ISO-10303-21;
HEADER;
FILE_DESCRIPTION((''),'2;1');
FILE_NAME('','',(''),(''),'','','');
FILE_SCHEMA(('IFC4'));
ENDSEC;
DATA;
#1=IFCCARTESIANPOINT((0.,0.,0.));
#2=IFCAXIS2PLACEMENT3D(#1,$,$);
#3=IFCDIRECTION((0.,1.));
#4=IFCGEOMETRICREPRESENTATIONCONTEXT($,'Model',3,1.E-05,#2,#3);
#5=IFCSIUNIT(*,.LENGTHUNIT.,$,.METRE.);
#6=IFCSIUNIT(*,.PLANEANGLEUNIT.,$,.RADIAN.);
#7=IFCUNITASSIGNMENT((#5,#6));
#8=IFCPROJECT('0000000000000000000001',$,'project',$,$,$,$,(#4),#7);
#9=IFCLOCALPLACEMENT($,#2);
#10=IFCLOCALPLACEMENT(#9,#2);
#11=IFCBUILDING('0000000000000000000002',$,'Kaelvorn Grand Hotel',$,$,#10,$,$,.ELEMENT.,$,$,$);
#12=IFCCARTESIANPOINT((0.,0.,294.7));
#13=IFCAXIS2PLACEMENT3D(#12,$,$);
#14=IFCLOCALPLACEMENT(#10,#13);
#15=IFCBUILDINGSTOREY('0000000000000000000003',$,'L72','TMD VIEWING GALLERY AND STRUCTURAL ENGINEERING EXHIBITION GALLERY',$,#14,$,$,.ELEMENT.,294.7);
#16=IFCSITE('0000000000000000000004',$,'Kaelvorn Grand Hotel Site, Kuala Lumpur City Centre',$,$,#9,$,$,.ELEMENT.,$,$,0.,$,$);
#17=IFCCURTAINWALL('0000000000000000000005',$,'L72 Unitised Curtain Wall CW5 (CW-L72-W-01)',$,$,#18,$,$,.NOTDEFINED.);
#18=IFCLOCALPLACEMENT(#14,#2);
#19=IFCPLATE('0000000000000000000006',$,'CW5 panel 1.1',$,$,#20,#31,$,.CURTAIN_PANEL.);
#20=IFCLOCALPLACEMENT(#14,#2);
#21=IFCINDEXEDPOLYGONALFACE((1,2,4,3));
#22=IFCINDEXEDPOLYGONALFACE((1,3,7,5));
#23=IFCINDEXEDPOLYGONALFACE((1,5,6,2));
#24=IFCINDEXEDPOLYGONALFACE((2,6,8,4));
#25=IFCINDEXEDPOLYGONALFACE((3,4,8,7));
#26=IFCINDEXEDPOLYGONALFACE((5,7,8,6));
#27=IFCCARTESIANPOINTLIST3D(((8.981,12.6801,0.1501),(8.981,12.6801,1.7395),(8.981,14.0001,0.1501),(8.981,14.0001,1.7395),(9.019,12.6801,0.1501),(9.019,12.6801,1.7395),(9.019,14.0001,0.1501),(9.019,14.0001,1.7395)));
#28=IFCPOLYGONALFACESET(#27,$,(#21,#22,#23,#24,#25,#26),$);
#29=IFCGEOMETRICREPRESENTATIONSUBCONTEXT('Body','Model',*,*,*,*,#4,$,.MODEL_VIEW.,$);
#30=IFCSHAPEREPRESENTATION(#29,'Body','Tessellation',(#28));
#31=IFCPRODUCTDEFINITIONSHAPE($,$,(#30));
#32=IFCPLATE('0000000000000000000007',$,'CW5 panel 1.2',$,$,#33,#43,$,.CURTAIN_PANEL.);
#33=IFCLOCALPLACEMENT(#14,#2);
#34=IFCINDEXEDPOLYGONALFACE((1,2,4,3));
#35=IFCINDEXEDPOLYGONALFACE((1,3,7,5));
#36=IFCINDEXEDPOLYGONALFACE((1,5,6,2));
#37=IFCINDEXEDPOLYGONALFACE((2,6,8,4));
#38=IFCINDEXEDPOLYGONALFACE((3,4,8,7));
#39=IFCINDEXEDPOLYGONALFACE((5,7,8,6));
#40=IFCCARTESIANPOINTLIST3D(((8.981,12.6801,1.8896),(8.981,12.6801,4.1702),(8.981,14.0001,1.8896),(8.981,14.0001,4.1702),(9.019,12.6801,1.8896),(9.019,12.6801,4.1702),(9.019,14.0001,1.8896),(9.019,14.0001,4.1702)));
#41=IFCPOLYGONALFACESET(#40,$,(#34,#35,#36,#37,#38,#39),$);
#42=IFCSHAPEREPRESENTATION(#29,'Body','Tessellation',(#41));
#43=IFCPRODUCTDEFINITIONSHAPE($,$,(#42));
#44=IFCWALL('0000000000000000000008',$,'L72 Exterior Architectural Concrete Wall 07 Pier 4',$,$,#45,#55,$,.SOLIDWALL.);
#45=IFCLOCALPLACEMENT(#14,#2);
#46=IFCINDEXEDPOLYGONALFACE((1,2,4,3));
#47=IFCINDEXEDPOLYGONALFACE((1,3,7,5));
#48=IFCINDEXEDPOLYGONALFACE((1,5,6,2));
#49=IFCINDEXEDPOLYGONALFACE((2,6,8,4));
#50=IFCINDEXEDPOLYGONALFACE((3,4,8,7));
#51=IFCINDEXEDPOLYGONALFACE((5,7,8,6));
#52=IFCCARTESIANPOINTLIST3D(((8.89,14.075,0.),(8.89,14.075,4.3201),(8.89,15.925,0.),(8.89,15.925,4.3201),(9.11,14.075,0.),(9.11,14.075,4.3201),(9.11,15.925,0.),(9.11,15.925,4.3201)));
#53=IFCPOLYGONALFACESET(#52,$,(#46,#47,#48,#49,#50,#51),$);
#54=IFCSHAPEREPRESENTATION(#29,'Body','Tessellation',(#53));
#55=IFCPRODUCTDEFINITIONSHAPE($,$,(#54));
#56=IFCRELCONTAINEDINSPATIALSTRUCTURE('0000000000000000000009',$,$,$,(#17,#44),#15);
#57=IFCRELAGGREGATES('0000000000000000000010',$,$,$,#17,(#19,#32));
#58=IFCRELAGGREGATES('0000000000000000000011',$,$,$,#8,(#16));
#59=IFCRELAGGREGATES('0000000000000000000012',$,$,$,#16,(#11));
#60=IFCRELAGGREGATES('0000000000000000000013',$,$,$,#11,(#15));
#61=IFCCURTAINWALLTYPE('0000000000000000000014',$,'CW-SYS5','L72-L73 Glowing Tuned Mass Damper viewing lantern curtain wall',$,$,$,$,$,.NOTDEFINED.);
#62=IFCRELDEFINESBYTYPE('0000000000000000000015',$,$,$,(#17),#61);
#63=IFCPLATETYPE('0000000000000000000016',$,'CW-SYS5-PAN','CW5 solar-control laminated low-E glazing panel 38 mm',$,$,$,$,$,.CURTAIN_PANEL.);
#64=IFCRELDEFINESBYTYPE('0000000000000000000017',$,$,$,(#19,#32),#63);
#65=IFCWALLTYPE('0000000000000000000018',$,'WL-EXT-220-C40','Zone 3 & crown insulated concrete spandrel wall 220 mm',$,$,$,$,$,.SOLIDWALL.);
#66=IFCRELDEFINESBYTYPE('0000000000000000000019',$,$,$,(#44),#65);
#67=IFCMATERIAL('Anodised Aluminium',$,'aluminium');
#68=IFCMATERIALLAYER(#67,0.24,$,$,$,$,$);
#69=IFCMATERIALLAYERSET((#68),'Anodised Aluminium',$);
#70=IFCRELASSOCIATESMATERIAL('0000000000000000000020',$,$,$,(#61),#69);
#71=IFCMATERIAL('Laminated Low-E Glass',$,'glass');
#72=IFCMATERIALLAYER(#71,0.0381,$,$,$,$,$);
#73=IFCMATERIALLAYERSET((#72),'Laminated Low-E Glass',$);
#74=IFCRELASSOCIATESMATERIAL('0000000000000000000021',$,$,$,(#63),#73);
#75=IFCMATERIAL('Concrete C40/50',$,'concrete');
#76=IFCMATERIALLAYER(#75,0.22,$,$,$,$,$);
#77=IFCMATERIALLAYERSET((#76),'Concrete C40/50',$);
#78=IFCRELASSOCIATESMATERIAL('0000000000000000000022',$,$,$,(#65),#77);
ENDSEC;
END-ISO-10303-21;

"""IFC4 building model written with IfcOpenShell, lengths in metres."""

from ifc_helpers import new_model, si_unit, direction, frame, frame_2d, origin, origin_2d, place, context, subcontext, project, spatial, rectangle, extrude, material, layer, layer_set, type_object, element, aggregate, save


model = new_model("IFC4")

# Units and contexts
model_context = context("Model", 3, precision=1e-05, world=origin(), true_north=direction((0.0, 1.0)))
body_context = subcontext(model_context, "Body", "Model", "MODEL_VIEW")
ifc_project = project(units=[si_unit("LENGTHUNIT", "METRE"), si_unit("PLANEANGLEUNIT", "RADIAN")], contexts=[model_context])

# Site, building, storey
site_placement = place(None, origin())
site = spatial("IfcSite", under=ifc_project, at=site_placement, Name="Kaelvorn Grand Hotel Site, Kuala Lumpur City Centre", CompositionType="ELEMENT", RefElevation=0.0)
building_placement = place(site_placement, origin())
building = spatial("IfcBuilding", under=site, at=building_placement, Name="Kaelvorn Grand Hotel", CompositionType="ELEMENT")
storey_placement = place(building_placement, frame((0.0, 0.0, 294.7)))
storey = spatial("IfcBuildingStorey", under=building, at=storey_placement, Name="L72", Description="TMD VIEWING GALLERY AND STRUCTURAL ENGINEERING EXHIBITION GALLERY", CompositionType="ELEMENT", Elevation=294.7)

# Curtain wall
ifc_material_1 = material(Name="Anodised Aluminium", Category="aluminium")
ifc_layer_1 = layer(ifc_material_1, 0.24)
ifc_layer_set_1 = layer_set([ifc_layer_1], Name="Anodised Aluminium")
curtain_wall_type = type_object("IfcCurtainWallType", Name="CW-SYS5", Description="L72-L73 Glowing Tuned Mass Damper viewing lantern curtain wall", PredefinedType="NOTDEFINED", material=ifc_layer_set_1)
curtain_wall_1_placement = place(storey_placement, origin())
curtain_wall_1 = element("IfcCurtainWall", 1, at=curtain_wall_1_placement, inside=storey, type_object=curtain_wall_type, Name="L72 Unitised Curtain Wall CW5 (CW-L72-W-01)", PredefinedType="NOTDEFINED")

# Plates
ifc_material_2 = material(Name="Laminated Low-E Glass", Category="glass")
ifc_layer_2 = layer(ifc_material_2, 0.0381)
ifc_layer_set_2 = layer_set([ifc_layer_2], Name="Laminated Low-E Glass")
plate_type = type_object("IfcPlateType", Name="CW-SYS5-PAN", Description="CW5 solar-control laminated low-E glazing panel 38 mm", PredefinedType="CURTAIN_PANEL", material=ifc_layer_set_2)
plate_1_placement = place(storey_placement, frame((9.0, 13.3401, 0.1501), z_axis=(0.0, 0.0, 1.0), x_axis=(0.0, -1.0, 0.0)))
plate_1 = element("IfcPlate", 2, at=plate_1_placement, type_object=plate_type, Name="CW5 panel 1.1", PredefinedType="CURTAIN_PANEL", context=body_context, shape_type="SweptSolid", body=[
    extrude(rectangle(XDim=1.3201, YDim=0.0381, at=origin_2d()), origin(), (0.0, 0.0, 1.0), 1.5894),
])
plate_2_placement = place(storey_placement, frame((9.0, 13.3401, 1.8896), z_axis=(0.0, 0.0, 1.0), x_axis=(0.0, -1.0, 0.0)))
plate_2 = element("IfcPlate", 3, at=plate_2_placement, type_object=plate_type, Name="CW5 panel 1.2", PredefinedType="CURTAIN_PANEL", context=body_context, shape_type="SweptSolid", body=[
    extrude(rectangle(XDim=1.3201, YDim=0.0381, at=origin_2d()), origin(), (0.0, 0.0, 1.0), 2.2805),
])
aggregate(curtain_wall_1, [plate_1, plate_2])

# Wall
ifc_material_3 = material(Name="Concrete C40/50", Category="concrete")
ifc_layer_3 = layer(ifc_material_3, 0.22)
ifc_layer_set_3 = layer_set([ifc_layer_3], Name="Concrete C40/50")
wall_type = type_object("IfcWallType", Name="WL-EXT-220-C40", Description="Zone 3 & crown insulated concrete spandrel wall 220 mm", PredefinedType="SOLIDWALL", material=ifc_layer_set_3)
wall_placement = place(storey_placement, frame((9.0, 15.925, 0.0), z_axis=(0.0, 0.0, 1.0), x_axis=(0.0, -1.0, 0.0)))
element("IfcWall", 4, at=wall_placement, inside=storey, type_object=wall_type, Name="L72 Exterior Architectural Concrete Wall 07 Pier 4", PredefinedType="SOLIDWALL", context=body_context, shape_type="SweptSolid", body=[
    extrude(rectangle(XDim=1.8501, YDim=0.22, at=frame_2d((0.925, 0.0))), origin(), (0.0, 0.0, 1.0), 4.3201),
])

save(model, "model.ifc")
